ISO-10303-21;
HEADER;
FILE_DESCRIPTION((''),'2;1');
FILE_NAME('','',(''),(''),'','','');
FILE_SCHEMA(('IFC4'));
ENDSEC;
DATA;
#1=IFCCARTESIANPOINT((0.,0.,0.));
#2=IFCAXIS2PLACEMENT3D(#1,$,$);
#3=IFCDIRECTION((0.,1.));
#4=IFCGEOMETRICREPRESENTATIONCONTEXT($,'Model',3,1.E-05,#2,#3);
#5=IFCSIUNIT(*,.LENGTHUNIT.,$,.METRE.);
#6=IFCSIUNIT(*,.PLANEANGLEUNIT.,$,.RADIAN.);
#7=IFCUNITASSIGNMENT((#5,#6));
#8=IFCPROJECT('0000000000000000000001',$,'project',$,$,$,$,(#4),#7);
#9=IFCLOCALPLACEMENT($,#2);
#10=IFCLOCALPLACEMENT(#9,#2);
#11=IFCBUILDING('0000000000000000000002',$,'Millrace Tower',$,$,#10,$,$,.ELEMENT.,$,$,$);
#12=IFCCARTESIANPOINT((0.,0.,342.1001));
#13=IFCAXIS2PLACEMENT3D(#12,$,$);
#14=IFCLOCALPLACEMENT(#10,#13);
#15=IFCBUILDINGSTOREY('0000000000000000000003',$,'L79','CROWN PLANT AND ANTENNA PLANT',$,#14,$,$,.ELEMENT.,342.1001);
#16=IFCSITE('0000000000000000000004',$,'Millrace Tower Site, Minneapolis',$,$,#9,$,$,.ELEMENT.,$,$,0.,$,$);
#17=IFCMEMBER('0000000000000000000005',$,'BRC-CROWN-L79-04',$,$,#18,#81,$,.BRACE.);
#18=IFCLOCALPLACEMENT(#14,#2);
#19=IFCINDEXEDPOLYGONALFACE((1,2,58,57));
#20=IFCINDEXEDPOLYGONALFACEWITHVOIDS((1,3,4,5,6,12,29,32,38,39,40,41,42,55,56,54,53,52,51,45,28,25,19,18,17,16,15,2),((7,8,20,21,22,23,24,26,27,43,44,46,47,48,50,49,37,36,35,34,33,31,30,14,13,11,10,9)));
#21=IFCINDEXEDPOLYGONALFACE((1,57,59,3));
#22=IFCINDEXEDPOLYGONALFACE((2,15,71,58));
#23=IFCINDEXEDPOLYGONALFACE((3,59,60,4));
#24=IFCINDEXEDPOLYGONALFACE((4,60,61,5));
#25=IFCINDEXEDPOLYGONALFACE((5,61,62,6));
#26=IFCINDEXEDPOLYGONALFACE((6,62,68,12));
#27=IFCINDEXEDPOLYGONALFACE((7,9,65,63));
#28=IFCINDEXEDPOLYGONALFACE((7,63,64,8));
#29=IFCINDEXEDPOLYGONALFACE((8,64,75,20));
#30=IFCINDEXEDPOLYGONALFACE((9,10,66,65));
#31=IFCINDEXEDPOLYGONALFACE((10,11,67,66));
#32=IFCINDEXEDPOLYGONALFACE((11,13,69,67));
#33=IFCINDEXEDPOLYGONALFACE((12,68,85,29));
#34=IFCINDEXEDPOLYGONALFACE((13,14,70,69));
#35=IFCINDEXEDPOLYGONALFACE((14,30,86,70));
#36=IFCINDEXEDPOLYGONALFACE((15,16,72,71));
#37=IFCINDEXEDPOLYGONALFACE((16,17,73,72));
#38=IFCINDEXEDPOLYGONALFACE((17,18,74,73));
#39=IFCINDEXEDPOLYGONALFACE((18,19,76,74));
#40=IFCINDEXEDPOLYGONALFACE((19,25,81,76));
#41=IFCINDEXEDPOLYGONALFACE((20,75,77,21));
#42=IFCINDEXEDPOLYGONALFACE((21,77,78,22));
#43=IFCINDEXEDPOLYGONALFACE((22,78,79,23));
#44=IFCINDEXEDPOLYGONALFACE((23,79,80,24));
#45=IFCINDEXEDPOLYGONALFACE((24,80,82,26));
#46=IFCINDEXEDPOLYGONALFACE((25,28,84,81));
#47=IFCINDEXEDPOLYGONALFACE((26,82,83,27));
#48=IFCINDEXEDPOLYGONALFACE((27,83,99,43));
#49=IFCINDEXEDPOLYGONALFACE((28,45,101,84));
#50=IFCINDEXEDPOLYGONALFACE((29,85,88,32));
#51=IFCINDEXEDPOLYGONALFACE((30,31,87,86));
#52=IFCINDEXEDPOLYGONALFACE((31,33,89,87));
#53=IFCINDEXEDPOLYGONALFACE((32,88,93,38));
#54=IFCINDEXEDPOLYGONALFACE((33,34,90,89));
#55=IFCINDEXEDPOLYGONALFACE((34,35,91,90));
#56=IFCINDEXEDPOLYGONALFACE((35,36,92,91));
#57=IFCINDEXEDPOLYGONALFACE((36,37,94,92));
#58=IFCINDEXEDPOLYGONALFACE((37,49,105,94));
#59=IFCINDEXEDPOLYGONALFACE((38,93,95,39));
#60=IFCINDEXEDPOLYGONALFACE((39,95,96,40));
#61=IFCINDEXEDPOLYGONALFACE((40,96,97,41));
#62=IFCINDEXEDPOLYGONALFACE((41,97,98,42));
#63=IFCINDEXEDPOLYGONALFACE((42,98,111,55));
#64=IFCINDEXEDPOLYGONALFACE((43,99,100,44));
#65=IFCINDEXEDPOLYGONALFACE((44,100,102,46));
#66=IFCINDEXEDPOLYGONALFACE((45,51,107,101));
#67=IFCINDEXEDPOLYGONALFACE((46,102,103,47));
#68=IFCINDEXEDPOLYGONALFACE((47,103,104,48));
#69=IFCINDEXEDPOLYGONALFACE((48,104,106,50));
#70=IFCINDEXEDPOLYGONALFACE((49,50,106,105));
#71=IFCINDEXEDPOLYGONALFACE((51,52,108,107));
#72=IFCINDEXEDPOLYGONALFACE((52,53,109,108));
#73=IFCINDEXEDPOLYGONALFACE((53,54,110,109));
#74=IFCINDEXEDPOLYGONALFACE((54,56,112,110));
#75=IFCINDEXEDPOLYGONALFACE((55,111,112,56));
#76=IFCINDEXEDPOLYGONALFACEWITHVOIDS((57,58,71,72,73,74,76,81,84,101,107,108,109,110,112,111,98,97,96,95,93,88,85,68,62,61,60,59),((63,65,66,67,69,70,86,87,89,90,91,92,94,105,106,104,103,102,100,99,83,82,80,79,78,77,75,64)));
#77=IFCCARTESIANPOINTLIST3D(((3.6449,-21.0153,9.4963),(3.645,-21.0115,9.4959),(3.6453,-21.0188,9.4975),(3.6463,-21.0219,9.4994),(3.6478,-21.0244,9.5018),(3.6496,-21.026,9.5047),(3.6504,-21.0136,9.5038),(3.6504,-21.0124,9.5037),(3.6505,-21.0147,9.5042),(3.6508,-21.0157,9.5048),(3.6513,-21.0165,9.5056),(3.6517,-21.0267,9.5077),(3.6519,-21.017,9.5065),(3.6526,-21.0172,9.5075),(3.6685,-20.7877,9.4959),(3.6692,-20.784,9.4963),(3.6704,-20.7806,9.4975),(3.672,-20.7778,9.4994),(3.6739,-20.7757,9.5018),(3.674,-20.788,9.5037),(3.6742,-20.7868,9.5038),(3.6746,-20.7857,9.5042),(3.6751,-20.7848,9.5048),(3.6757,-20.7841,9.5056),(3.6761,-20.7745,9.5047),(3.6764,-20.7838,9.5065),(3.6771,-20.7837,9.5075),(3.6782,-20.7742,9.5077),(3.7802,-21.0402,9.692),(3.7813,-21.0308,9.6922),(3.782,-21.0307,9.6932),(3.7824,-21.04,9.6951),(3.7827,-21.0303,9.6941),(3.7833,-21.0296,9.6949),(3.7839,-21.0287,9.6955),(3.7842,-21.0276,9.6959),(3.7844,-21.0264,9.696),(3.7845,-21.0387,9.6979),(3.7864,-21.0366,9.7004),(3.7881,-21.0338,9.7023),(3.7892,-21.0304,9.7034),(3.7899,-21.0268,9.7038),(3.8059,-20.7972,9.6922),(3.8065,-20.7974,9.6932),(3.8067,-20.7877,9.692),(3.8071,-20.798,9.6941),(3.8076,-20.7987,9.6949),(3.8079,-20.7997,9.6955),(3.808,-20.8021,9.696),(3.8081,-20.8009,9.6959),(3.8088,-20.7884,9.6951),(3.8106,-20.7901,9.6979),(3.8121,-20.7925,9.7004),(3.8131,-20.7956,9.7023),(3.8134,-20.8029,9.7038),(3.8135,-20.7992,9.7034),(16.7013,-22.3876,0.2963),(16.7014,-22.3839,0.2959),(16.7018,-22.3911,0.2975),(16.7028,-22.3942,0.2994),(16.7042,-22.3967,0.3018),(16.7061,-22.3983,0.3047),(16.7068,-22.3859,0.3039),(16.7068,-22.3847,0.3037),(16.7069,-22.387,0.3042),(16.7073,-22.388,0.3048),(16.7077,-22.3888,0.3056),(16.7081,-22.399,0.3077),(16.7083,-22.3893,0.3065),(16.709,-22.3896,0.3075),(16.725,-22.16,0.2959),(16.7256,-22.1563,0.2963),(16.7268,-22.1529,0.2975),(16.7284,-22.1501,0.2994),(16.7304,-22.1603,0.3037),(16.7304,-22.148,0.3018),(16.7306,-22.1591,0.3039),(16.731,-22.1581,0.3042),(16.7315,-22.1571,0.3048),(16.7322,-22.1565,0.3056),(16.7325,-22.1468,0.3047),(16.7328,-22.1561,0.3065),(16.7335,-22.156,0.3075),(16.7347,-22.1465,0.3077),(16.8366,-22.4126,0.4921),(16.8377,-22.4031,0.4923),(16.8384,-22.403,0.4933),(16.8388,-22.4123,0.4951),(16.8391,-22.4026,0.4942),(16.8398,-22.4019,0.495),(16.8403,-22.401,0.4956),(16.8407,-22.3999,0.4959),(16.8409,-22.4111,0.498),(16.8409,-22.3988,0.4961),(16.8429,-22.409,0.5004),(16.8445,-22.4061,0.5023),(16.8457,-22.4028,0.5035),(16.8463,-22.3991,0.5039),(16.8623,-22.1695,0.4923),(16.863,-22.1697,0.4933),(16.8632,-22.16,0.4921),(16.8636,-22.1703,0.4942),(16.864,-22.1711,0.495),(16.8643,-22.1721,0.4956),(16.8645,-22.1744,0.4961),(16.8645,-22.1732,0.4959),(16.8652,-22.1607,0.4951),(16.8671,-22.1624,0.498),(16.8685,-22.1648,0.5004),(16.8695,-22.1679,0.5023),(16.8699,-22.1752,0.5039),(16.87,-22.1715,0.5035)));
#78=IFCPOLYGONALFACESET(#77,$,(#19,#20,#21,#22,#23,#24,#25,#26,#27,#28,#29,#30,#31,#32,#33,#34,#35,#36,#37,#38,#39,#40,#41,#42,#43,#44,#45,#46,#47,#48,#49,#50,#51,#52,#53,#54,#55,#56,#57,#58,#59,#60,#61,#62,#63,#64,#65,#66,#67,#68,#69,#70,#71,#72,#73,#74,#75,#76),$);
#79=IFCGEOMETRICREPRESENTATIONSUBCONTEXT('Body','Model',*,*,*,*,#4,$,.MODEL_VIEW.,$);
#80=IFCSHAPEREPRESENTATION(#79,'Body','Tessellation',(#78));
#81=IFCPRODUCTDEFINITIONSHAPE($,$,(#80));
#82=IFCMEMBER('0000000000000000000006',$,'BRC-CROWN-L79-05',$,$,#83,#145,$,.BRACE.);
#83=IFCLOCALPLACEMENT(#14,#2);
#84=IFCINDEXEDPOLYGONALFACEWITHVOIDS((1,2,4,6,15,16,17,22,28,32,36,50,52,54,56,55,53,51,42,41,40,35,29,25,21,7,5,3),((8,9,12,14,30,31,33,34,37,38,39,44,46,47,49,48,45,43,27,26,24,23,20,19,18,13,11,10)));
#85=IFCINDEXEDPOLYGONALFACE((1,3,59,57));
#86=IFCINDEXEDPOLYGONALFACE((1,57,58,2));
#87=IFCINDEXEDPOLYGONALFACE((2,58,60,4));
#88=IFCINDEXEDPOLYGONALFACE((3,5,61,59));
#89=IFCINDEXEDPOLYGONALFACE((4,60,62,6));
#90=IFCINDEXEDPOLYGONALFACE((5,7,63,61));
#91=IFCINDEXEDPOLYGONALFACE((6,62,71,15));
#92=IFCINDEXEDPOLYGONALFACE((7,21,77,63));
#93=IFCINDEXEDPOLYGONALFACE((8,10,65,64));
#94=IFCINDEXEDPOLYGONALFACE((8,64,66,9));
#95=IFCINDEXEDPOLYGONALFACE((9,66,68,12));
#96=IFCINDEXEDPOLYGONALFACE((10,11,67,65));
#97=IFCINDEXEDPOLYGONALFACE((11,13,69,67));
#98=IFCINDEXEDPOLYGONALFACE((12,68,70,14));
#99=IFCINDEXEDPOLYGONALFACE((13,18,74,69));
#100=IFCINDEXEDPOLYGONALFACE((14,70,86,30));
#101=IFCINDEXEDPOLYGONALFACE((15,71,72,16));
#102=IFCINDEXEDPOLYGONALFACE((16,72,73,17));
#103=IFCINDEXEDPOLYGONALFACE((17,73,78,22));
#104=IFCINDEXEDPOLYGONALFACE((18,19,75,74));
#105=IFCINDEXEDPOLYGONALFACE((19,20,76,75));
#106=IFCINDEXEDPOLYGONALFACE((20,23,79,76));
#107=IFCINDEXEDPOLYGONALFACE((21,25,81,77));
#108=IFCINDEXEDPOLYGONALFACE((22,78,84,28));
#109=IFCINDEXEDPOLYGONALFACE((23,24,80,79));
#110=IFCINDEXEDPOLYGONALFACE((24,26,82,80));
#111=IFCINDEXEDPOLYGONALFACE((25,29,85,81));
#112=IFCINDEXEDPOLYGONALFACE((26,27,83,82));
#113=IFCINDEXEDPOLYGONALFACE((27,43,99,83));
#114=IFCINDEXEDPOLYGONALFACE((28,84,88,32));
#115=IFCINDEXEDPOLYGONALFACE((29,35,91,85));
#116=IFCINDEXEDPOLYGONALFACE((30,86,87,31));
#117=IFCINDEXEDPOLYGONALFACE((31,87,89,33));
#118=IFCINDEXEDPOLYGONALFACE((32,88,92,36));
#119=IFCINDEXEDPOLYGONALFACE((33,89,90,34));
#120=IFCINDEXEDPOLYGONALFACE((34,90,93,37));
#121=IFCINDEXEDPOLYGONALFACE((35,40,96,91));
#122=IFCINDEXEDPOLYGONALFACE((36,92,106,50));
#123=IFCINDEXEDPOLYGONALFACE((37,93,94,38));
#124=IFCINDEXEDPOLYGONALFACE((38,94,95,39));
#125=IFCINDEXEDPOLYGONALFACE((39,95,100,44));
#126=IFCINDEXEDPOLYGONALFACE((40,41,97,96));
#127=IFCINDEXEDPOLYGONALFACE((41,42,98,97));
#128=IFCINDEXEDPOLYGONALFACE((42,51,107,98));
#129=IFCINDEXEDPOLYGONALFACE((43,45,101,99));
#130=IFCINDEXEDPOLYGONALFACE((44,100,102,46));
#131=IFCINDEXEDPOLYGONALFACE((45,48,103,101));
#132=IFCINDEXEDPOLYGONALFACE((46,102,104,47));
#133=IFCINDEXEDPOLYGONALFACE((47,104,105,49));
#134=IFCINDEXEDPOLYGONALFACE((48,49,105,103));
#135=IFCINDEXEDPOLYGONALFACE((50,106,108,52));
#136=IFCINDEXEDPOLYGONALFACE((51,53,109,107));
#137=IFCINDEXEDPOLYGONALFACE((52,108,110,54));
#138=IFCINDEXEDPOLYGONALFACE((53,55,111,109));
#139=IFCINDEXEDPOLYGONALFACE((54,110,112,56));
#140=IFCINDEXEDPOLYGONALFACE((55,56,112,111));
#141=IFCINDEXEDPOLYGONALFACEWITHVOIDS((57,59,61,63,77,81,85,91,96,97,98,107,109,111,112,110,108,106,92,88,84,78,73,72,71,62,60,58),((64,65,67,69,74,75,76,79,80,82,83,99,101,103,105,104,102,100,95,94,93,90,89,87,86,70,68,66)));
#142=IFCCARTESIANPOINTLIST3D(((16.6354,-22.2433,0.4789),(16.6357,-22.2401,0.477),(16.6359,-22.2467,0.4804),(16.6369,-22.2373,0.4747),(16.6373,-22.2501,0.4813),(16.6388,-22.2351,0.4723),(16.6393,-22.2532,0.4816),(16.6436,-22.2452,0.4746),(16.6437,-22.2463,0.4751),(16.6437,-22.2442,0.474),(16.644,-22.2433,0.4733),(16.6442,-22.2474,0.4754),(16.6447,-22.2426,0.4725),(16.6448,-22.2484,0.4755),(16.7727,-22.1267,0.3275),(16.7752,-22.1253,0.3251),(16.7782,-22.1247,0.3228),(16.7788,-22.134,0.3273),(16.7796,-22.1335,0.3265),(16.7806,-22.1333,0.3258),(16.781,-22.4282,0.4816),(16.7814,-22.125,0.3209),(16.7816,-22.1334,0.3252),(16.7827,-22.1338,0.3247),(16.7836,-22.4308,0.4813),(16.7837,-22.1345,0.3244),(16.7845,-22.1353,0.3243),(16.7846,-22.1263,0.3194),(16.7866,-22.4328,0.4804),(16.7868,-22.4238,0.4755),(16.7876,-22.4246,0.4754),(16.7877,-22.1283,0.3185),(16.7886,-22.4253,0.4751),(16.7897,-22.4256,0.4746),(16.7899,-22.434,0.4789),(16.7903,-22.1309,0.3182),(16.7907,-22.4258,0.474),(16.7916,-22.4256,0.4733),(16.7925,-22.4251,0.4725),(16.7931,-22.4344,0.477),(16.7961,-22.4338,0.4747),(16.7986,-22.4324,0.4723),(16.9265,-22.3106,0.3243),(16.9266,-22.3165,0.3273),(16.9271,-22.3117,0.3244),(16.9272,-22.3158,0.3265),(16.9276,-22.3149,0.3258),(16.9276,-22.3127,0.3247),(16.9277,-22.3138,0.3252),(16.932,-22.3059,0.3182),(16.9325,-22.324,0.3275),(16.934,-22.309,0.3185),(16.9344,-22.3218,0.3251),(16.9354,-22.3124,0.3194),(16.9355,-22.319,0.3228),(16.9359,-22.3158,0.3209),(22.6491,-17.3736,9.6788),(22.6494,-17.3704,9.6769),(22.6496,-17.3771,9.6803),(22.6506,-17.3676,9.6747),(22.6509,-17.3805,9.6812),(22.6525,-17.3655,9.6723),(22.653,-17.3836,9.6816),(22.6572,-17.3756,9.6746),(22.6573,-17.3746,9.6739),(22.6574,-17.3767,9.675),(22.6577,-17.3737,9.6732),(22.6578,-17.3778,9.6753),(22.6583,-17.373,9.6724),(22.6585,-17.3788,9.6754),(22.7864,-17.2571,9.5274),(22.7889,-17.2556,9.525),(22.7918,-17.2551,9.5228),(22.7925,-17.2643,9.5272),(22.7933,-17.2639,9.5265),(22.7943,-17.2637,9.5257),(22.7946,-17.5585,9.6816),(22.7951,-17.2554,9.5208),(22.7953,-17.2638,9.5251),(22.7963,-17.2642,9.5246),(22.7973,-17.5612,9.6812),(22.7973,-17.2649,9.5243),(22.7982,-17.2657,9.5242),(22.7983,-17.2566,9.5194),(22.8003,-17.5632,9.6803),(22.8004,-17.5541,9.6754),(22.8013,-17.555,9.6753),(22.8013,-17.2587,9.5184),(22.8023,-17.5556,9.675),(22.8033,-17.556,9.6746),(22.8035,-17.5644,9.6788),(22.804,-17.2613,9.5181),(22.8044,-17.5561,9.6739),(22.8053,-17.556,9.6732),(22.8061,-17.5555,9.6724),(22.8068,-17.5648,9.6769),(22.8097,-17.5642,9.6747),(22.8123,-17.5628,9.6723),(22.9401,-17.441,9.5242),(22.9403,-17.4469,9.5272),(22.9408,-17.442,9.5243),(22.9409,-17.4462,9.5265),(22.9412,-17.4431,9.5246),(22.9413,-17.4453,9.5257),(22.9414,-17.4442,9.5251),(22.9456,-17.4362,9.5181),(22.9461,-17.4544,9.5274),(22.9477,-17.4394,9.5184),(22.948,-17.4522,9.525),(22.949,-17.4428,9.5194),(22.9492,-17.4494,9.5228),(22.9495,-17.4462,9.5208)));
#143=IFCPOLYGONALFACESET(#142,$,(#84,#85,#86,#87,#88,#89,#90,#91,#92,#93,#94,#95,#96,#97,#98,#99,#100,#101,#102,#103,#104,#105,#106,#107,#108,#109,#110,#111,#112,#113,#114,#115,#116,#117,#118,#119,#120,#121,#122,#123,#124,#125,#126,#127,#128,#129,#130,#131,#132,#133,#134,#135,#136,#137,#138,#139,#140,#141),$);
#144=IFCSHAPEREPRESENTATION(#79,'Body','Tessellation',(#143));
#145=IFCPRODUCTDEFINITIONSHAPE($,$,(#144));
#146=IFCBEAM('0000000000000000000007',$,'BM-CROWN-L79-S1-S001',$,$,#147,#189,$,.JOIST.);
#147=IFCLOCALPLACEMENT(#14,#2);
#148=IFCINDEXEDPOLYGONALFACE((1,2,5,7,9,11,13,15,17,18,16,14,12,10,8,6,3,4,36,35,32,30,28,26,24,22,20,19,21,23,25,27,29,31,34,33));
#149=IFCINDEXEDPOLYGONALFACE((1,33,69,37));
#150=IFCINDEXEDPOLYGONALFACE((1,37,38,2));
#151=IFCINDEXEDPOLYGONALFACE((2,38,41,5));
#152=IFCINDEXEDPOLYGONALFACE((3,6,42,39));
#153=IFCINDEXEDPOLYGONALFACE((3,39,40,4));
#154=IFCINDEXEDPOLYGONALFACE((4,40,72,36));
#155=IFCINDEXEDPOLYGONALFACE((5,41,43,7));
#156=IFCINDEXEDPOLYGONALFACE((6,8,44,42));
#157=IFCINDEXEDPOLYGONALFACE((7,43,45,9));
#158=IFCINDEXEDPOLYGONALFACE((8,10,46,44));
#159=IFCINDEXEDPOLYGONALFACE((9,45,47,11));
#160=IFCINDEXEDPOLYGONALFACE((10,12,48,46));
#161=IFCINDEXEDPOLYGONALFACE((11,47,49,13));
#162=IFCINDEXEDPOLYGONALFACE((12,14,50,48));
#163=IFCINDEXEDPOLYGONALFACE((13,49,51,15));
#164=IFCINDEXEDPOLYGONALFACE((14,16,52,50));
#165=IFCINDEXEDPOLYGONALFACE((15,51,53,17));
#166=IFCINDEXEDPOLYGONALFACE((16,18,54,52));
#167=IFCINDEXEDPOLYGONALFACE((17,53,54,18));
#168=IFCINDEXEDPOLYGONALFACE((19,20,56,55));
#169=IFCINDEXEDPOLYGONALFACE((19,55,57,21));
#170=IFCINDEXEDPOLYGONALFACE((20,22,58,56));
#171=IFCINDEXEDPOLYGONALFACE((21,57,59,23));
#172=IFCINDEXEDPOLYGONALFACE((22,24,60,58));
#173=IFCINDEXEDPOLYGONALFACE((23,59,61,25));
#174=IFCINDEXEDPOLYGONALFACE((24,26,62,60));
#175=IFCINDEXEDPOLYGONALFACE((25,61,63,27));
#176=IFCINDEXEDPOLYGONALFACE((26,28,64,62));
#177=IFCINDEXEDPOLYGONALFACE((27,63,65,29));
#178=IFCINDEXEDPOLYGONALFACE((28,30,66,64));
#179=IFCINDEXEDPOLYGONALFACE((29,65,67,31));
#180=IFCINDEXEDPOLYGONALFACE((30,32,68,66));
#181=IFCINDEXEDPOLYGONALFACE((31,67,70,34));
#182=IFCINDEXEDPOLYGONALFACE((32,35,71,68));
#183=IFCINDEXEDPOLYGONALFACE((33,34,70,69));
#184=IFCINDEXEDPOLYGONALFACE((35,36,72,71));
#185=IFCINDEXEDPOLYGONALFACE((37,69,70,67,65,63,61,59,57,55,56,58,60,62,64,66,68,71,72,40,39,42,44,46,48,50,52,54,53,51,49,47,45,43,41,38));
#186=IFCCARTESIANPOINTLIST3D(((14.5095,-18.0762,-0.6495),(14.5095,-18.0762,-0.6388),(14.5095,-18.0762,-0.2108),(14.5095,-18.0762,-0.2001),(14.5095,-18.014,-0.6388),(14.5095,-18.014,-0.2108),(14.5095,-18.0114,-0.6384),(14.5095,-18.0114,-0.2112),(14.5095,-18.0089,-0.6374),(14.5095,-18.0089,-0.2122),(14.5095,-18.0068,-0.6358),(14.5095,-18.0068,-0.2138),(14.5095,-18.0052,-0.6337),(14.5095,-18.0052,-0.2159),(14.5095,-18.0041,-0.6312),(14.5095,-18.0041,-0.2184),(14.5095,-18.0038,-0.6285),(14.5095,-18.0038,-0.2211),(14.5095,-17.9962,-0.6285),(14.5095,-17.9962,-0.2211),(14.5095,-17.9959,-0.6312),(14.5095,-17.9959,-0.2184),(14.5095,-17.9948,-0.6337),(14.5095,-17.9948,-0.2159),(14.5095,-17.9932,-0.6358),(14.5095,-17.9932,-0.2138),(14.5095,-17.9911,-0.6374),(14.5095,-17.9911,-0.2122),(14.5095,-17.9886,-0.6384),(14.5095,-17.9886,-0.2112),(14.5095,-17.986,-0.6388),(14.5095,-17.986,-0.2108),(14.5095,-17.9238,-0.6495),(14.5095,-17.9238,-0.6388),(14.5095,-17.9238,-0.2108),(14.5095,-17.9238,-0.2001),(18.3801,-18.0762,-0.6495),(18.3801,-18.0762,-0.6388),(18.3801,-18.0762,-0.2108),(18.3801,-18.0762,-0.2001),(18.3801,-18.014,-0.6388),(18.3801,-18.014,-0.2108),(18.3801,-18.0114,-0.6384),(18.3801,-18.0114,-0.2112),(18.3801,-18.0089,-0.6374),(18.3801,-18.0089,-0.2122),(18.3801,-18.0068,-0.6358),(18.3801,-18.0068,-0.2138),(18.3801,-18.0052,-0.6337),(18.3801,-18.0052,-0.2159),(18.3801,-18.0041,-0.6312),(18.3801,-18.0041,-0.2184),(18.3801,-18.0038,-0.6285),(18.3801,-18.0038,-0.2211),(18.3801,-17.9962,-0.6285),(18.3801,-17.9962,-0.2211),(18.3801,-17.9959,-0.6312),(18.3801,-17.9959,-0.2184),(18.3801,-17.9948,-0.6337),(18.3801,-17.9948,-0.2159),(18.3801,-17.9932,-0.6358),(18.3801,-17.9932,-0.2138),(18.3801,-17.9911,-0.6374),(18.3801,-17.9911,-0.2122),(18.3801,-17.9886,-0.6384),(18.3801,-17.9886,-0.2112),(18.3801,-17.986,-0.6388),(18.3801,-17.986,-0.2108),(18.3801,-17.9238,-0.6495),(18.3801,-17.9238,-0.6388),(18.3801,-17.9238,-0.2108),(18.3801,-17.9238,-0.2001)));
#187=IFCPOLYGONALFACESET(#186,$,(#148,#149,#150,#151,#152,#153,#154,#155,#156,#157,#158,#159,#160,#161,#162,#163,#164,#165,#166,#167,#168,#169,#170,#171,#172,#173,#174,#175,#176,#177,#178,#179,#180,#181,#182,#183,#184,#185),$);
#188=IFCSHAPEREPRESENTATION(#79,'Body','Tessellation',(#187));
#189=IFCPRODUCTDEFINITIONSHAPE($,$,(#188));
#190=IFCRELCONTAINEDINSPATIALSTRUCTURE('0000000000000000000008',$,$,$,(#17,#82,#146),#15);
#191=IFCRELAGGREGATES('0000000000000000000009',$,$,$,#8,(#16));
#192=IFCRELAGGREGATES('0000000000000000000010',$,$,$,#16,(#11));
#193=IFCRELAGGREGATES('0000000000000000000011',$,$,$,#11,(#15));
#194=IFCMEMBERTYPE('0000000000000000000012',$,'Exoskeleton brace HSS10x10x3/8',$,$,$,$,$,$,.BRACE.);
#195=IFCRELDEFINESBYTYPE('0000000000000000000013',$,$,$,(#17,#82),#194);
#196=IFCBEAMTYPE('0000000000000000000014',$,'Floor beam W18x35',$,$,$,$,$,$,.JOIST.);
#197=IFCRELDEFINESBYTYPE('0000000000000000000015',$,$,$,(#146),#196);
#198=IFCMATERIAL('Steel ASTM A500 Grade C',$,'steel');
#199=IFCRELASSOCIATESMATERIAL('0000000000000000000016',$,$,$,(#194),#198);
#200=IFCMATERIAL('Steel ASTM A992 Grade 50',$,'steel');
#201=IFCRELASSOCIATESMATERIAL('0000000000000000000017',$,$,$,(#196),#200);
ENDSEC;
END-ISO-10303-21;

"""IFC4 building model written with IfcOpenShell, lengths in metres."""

from ifc_helpers import new_model, si_unit, direction, frame, origin, origin_2d, place, context, subcontext, project, spatial, hollow_rectangle, i_section, extrude, material, material_profile, profile_set, type_object, element, save


model = new_model("IFC4")

# Units and contexts
model_context = context("Model", 3, precision=1e-05, world=origin(), true_north=direction((0.0, 1.0)))
body_context = subcontext(model_context, "Body", "Model", "MODEL_VIEW")
ifc_project = project(units=[si_unit("LENGTHUNIT", "METRE"), si_unit("PLANEANGLEUNIT", "RADIAN")], contexts=[model_context])

# Site, building, storey
site_placement = place(None, origin())
site = spatial("IfcSite", under=ifc_project, at=site_placement, Name="Millrace Tower Site, Minneapolis", CompositionType="ELEMENT", RefElevation=0.0)
building_placement = place(site_placement, origin())
building = spatial("IfcBuilding", under=site, at=building_placement, Name="Millrace Tower", CompositionType="ELEMENT")
storey_placement = place(building_placement, frame((0.0, 0.0, 342.1001)))
storey = spatial("IfcBuildingStorey", under=building, at=storey_placement, Name="L79", Description="CROWN PLANT AND ANTENNA PLANT", CompositionType="ELEMENT", Elevation=342.1001)

# Members
ifc_material_1 = material(Name="Steel ASTM A500 Grade C", Category="steel")
ifc_material_profile_1 = material_profile(ifc_material_1, hollow_rectangle(XDim=0.2539, YDim=0.2539, WallThickness=0.0095, InnerFilletRadius=0.0046, OuterFilletRadius=0.0144, at=origin_2d()))
ifc_profile_set_1 = profile_set([ifc_material_profile_1], Name="Steel ASTM A500 Grade C")
member_type_1 = type_object("IfcMemberType", Name="Exoskeleton brace HSS10x10x3/8", PredefinedType="BRACE", material=ifc_profile_set_1)
member_1_placement = place(storey_placement, frame((16.7856, -22.2795, 0.3999), z_axis=(-0.814449, 0.085604, 0.573886), x_axis=(-0.104531, -0.994522, 0.0)))
element("IfcMember", 1, at=member_1_placement, inside=storey, type_object=member_type_1, Name="BRC-CROWN-L79-04", PredefinedType="BRACE", context=body_context, shape_type="SweptSolid", body=[
    extrude(hollow_rectangle(XDim=0.2539, YDim=0.2539, WallThickness=0.0095, InnerFilletRadius=0.0046, OuterFilletRadius=0.0144, at=origin_2d()), origin(), (0.0, 0.0, 1.0), 16.031),
])
member_2_placement = place(storey_placement, frame((16.7856, -22.2795, 0.3999), z_axis=(0.500243, 0.405076, 0.765291), x_axis=(-0.629309, 0.777155, 0.0)))
element("IfcMember", 2, at=member_2_placement, inside=storey, type_object=member_type_1, Name="BRC-CROWN-L79-05", PredefinedType="BRACE", context=body_context, shape_type="SweptSolid", body=[
    extrude(hollow_rectangle(XDim=0.2539, YDim=0.2539, WallThickness=0.0095, InnerFilletRadius=0.0046, OuterFilletRadius=0.0144, at=origin_2d()), origin(), (0.0, 0.0, 1.0), 12.0215),
])

# Beam
ifc_material_2 = material(Name="Steel ASTM A992 Grade 50", Category="steel")
ifc_material_profile_2 = material_profile(ifc_material_2, i_section(OverallWidth=0.1523, OverallDepth=0.4495, WebThickness=0.0076, FlangeThickness=0.0107, FilletRadius=0.0103, at=origin_2d()))
ifc_profile_set_2 = profile_set([ifc_material_profile_2], Name="Steel ASTM A992 Grade 50")
beam_type_1 = type_object("IfcBeamType", Name="Floor beam W18x35", PredefinedType="JOIST", material=ifc_profile_set_2)
beam_1_placement = place(storey_placement, frame((14.5095, -18.0, -0.4248), z_axis=(1.0, 0.0, 0.0), x_axis=(0.0, 1.0, 0.0)))
element("IfcBeam", 3, at=beam_1_placement, inside=storey, type_object=beam_type_1, Name="BM-CROWN-L79-S1-S001", PredefinedType="JOIST", context=body_context, shape_type="SweptSolid", body=[
    extrude(i_section(OverallWidth=0.1523, OverallDepth=0.4495, WebThickness=0.0076, FlangeThickness=0.0107, FilletRadius=0.0103, at=origin_2d()), origin(), (0.0, 0.0, 1.0), 3.8706),
])

save(model, "model.ifc")
